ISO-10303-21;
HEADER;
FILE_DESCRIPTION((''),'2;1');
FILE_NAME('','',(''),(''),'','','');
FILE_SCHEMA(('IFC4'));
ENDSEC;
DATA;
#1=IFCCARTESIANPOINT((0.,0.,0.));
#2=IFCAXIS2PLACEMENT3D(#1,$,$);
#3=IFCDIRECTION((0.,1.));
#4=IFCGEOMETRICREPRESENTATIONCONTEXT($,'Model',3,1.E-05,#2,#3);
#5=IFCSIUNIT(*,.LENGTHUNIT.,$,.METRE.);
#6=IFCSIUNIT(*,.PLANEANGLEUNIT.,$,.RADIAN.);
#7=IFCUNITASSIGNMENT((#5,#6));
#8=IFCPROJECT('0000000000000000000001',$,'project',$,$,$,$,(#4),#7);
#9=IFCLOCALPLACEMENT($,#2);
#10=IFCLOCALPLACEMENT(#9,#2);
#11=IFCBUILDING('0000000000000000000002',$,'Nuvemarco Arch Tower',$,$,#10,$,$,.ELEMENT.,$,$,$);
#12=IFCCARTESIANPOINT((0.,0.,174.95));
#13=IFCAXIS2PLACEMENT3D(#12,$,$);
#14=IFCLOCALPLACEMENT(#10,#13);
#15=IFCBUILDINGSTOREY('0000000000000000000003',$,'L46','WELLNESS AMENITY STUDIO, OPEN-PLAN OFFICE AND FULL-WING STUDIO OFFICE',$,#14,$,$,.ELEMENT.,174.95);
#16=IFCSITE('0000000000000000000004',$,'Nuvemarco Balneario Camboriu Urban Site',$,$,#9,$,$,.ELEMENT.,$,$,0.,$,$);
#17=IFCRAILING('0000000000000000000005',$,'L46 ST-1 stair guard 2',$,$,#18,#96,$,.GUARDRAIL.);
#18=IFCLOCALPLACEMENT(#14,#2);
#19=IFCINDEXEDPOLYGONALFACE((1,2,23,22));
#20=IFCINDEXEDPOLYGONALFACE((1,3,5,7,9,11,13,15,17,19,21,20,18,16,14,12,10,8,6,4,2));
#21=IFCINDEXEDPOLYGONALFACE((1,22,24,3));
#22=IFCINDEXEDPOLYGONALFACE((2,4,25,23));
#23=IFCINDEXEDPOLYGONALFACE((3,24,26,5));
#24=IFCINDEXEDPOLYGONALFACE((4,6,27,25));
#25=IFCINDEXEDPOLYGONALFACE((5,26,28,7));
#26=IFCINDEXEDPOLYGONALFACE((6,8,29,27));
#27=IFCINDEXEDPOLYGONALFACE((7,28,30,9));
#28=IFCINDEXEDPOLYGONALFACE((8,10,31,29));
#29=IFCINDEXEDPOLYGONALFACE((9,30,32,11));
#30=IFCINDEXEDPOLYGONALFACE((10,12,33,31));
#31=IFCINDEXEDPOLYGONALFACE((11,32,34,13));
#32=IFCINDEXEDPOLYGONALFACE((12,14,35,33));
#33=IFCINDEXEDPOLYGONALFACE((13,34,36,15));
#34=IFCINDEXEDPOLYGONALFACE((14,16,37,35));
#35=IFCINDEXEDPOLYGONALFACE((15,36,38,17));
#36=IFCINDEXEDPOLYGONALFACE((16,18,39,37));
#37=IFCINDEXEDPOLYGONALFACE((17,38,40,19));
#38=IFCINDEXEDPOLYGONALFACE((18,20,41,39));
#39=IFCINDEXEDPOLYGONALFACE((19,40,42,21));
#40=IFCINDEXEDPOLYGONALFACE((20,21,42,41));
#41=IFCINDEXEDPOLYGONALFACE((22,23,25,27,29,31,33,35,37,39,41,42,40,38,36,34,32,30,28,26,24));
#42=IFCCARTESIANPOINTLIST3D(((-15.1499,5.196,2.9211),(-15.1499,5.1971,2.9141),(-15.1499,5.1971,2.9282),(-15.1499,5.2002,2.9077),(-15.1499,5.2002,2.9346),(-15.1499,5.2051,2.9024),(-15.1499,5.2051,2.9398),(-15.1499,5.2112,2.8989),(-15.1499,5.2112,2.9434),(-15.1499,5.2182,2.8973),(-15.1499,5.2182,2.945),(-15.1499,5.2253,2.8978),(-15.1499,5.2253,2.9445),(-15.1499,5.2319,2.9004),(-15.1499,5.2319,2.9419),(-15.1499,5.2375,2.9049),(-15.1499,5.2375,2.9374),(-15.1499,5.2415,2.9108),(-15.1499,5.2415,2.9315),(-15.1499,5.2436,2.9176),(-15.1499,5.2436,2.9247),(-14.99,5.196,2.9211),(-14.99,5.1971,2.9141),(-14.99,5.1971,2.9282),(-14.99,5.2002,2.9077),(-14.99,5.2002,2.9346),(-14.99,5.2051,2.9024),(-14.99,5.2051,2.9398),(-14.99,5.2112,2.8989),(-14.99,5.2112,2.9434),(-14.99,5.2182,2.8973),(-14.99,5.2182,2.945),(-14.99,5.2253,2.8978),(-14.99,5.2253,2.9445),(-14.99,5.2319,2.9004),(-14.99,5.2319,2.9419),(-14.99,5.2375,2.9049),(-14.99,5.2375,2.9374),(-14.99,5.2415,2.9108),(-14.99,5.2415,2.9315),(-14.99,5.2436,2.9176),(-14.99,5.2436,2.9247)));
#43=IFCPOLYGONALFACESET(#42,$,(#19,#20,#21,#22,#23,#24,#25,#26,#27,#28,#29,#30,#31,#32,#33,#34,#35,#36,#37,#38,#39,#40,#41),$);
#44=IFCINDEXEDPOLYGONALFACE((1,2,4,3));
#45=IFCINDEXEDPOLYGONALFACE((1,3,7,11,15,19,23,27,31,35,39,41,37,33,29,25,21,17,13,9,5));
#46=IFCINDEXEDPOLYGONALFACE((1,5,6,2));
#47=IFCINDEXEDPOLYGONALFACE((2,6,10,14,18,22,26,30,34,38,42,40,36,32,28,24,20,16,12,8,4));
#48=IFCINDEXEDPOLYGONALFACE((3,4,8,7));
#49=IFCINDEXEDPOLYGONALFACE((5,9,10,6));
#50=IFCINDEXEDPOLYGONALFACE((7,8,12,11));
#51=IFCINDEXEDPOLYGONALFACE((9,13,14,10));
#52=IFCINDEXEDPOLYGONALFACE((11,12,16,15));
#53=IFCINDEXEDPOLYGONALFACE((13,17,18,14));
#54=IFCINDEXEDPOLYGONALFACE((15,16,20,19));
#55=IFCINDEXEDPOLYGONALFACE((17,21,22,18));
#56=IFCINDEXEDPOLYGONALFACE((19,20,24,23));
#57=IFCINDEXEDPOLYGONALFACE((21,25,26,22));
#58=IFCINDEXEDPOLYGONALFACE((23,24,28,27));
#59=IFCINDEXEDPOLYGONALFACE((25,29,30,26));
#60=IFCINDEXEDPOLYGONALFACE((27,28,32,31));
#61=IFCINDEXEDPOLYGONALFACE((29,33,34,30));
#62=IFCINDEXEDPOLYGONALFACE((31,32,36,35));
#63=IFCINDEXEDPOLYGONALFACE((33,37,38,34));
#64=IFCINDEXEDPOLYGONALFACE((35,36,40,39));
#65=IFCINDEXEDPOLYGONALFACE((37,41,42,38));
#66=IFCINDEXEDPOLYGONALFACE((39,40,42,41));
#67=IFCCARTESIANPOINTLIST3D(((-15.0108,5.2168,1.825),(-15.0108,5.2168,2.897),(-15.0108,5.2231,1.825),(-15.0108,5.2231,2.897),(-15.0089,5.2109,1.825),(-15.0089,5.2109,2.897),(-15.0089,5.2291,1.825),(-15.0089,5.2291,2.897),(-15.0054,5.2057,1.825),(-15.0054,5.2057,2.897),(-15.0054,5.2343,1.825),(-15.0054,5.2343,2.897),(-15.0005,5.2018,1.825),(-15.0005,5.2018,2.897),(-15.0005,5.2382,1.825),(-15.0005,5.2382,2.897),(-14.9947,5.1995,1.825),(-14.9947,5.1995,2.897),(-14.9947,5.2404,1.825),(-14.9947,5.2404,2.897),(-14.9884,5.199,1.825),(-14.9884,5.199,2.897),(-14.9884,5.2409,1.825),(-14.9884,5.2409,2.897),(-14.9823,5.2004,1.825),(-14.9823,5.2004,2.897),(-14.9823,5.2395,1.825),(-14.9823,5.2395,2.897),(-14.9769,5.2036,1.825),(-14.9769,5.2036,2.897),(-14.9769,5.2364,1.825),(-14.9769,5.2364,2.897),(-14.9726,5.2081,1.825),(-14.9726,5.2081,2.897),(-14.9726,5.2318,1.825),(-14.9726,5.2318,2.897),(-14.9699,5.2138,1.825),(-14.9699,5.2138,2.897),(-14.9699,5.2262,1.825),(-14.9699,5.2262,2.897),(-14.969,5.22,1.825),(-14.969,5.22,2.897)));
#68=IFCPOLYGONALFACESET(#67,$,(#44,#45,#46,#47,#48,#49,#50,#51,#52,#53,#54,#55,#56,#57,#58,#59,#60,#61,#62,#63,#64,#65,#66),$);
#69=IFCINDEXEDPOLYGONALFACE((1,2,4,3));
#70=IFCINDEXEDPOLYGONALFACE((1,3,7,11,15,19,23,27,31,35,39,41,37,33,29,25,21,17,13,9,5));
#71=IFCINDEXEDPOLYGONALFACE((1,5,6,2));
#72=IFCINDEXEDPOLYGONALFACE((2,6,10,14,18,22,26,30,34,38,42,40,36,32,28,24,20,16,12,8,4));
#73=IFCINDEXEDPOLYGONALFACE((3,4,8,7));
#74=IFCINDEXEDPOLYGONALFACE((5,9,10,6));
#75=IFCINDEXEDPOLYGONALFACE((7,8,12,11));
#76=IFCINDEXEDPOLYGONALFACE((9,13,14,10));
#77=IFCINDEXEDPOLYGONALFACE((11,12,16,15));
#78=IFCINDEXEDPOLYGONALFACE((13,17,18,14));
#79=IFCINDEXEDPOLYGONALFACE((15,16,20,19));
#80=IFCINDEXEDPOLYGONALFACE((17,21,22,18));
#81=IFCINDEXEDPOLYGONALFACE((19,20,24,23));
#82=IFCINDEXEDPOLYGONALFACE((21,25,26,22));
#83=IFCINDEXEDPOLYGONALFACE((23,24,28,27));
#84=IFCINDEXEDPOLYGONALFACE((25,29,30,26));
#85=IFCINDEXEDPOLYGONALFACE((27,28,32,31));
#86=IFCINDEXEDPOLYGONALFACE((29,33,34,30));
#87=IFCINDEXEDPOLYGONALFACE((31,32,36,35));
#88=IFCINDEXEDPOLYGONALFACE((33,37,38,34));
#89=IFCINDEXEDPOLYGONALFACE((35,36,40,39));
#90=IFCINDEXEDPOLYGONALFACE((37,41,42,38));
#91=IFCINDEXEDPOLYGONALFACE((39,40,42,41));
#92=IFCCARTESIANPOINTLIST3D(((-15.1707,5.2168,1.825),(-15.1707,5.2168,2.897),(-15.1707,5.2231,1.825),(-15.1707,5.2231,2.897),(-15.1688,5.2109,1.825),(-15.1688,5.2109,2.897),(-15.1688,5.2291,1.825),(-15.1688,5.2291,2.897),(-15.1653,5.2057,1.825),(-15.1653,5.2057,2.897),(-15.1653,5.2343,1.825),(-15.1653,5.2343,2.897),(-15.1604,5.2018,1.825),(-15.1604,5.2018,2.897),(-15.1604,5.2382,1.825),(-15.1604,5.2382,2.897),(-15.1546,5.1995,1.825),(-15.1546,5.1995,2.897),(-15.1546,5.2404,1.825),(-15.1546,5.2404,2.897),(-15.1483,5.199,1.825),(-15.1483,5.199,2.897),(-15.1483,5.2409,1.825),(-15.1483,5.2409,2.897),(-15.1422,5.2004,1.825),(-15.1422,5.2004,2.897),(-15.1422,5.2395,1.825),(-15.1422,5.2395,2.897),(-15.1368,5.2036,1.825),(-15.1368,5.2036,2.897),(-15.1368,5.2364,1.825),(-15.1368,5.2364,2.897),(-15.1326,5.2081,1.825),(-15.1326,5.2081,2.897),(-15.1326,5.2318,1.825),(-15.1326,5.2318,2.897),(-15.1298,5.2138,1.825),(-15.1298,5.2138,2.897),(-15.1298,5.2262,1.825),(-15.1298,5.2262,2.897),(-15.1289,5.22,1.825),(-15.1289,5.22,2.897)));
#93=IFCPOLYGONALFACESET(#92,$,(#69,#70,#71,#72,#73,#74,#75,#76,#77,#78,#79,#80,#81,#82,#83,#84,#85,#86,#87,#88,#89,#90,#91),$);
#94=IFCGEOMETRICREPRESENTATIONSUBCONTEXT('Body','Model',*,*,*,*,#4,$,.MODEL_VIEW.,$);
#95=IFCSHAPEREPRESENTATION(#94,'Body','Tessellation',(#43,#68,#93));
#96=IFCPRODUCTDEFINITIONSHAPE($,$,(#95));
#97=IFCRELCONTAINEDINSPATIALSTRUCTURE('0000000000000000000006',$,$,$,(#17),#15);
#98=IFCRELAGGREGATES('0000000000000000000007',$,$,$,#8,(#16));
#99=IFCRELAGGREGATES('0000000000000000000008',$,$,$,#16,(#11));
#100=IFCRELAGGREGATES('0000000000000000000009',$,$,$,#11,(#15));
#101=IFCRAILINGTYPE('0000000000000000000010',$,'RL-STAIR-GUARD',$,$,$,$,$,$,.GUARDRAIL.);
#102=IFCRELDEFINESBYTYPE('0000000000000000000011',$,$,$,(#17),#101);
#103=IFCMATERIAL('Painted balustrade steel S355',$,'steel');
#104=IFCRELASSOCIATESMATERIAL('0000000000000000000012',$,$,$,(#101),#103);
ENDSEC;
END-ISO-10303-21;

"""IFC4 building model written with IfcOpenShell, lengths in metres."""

from ifc_helpers import new_model, si_unit, direction, frame, origin, origin_2d, place, context, subcontext, project, spatial, circle, extrude, material, type_object, element, save


model = new_model("IFC4")

# Units and contexts
model_context = context("Model", 3, precision=1e-05, world=origin(), true_north=direction((0.0, 1.0)))
body_context = subcontext(model_context, "Body", "Model", "MODEL_VIEW")
ifc_project = project(units=[si_unit("LENGTHUNIT", "METRE"), si_unit("PLANEANGLEUNIT", "RADIAN")], contexts=[model_context])

# Site, building, storey
site_placement = place(None, origin())
site = spatial("IfcSite", under=ifc_project, at=site_placement, Name="Nuvemarco Balneario Camboriu Urban Site", CompositionType="ELEMENT", RefElevation=0.0)
building_placement = place(site_placement, origin())
building = spatial("IfcBuilding", under=site, at=building_placement, Name="Nuvemarco Arch Tower", CompositionType="ELEMENT")
storey_placement = place(building_placement, frame((0.0, 0.0, 174.95)))
storey = spatial("IfcBuildingStorey", under=building, at=storey_placement, Name="L46", Description="WELLNESS AMENITY STUDIO, OPEN-PLAN OFFICE AND FULL-WING STUDIO OFFICE", CompositionType="ELEMENT", Elevation=174.95)

# Railing
ifc_material_1 = material(Name="Painted balustrade steel S355", Category="steel")
railing_type_1 = type_object("IfcRailingType", Name="RL-STAIR-GUARD", PredefinedType="GUARDRAIL", material=ifc_material_1)
railing_1_placement = place(storey_placement, frame((-14.99, 5.22, 1.825)))
element("IfcRailing", 1, at=railing_1_placement, inside=storey, type_object=railing_type_1, Name="L46 ST-1 stair guard 2", PredefinedType="GUARDRAIL", context=body_context, shape_type="SweptSolid", body=[
    extrude(circle(Radius=0.0239, at=origin_2d()), frame((0.0, 0.0, 1.0962), z_axis=(-1.0, 0.0, 0.0), x_axis=(0.0, -1.0, 0.0)), (0.0, 0.0, 1.0), 0.1599),
    extrude(circle(Radius=0.021, at=origin_2d()), origin(), (0.0, 0.0, 1.0), 1.072),
    extrude(circle(Radius=0.021, at=origin_2d()), frame((-0.1599, 0.0, 0.0)), (0.0, 0.0, 1.0), 1.072),
])

save(model, "model.ifc")
